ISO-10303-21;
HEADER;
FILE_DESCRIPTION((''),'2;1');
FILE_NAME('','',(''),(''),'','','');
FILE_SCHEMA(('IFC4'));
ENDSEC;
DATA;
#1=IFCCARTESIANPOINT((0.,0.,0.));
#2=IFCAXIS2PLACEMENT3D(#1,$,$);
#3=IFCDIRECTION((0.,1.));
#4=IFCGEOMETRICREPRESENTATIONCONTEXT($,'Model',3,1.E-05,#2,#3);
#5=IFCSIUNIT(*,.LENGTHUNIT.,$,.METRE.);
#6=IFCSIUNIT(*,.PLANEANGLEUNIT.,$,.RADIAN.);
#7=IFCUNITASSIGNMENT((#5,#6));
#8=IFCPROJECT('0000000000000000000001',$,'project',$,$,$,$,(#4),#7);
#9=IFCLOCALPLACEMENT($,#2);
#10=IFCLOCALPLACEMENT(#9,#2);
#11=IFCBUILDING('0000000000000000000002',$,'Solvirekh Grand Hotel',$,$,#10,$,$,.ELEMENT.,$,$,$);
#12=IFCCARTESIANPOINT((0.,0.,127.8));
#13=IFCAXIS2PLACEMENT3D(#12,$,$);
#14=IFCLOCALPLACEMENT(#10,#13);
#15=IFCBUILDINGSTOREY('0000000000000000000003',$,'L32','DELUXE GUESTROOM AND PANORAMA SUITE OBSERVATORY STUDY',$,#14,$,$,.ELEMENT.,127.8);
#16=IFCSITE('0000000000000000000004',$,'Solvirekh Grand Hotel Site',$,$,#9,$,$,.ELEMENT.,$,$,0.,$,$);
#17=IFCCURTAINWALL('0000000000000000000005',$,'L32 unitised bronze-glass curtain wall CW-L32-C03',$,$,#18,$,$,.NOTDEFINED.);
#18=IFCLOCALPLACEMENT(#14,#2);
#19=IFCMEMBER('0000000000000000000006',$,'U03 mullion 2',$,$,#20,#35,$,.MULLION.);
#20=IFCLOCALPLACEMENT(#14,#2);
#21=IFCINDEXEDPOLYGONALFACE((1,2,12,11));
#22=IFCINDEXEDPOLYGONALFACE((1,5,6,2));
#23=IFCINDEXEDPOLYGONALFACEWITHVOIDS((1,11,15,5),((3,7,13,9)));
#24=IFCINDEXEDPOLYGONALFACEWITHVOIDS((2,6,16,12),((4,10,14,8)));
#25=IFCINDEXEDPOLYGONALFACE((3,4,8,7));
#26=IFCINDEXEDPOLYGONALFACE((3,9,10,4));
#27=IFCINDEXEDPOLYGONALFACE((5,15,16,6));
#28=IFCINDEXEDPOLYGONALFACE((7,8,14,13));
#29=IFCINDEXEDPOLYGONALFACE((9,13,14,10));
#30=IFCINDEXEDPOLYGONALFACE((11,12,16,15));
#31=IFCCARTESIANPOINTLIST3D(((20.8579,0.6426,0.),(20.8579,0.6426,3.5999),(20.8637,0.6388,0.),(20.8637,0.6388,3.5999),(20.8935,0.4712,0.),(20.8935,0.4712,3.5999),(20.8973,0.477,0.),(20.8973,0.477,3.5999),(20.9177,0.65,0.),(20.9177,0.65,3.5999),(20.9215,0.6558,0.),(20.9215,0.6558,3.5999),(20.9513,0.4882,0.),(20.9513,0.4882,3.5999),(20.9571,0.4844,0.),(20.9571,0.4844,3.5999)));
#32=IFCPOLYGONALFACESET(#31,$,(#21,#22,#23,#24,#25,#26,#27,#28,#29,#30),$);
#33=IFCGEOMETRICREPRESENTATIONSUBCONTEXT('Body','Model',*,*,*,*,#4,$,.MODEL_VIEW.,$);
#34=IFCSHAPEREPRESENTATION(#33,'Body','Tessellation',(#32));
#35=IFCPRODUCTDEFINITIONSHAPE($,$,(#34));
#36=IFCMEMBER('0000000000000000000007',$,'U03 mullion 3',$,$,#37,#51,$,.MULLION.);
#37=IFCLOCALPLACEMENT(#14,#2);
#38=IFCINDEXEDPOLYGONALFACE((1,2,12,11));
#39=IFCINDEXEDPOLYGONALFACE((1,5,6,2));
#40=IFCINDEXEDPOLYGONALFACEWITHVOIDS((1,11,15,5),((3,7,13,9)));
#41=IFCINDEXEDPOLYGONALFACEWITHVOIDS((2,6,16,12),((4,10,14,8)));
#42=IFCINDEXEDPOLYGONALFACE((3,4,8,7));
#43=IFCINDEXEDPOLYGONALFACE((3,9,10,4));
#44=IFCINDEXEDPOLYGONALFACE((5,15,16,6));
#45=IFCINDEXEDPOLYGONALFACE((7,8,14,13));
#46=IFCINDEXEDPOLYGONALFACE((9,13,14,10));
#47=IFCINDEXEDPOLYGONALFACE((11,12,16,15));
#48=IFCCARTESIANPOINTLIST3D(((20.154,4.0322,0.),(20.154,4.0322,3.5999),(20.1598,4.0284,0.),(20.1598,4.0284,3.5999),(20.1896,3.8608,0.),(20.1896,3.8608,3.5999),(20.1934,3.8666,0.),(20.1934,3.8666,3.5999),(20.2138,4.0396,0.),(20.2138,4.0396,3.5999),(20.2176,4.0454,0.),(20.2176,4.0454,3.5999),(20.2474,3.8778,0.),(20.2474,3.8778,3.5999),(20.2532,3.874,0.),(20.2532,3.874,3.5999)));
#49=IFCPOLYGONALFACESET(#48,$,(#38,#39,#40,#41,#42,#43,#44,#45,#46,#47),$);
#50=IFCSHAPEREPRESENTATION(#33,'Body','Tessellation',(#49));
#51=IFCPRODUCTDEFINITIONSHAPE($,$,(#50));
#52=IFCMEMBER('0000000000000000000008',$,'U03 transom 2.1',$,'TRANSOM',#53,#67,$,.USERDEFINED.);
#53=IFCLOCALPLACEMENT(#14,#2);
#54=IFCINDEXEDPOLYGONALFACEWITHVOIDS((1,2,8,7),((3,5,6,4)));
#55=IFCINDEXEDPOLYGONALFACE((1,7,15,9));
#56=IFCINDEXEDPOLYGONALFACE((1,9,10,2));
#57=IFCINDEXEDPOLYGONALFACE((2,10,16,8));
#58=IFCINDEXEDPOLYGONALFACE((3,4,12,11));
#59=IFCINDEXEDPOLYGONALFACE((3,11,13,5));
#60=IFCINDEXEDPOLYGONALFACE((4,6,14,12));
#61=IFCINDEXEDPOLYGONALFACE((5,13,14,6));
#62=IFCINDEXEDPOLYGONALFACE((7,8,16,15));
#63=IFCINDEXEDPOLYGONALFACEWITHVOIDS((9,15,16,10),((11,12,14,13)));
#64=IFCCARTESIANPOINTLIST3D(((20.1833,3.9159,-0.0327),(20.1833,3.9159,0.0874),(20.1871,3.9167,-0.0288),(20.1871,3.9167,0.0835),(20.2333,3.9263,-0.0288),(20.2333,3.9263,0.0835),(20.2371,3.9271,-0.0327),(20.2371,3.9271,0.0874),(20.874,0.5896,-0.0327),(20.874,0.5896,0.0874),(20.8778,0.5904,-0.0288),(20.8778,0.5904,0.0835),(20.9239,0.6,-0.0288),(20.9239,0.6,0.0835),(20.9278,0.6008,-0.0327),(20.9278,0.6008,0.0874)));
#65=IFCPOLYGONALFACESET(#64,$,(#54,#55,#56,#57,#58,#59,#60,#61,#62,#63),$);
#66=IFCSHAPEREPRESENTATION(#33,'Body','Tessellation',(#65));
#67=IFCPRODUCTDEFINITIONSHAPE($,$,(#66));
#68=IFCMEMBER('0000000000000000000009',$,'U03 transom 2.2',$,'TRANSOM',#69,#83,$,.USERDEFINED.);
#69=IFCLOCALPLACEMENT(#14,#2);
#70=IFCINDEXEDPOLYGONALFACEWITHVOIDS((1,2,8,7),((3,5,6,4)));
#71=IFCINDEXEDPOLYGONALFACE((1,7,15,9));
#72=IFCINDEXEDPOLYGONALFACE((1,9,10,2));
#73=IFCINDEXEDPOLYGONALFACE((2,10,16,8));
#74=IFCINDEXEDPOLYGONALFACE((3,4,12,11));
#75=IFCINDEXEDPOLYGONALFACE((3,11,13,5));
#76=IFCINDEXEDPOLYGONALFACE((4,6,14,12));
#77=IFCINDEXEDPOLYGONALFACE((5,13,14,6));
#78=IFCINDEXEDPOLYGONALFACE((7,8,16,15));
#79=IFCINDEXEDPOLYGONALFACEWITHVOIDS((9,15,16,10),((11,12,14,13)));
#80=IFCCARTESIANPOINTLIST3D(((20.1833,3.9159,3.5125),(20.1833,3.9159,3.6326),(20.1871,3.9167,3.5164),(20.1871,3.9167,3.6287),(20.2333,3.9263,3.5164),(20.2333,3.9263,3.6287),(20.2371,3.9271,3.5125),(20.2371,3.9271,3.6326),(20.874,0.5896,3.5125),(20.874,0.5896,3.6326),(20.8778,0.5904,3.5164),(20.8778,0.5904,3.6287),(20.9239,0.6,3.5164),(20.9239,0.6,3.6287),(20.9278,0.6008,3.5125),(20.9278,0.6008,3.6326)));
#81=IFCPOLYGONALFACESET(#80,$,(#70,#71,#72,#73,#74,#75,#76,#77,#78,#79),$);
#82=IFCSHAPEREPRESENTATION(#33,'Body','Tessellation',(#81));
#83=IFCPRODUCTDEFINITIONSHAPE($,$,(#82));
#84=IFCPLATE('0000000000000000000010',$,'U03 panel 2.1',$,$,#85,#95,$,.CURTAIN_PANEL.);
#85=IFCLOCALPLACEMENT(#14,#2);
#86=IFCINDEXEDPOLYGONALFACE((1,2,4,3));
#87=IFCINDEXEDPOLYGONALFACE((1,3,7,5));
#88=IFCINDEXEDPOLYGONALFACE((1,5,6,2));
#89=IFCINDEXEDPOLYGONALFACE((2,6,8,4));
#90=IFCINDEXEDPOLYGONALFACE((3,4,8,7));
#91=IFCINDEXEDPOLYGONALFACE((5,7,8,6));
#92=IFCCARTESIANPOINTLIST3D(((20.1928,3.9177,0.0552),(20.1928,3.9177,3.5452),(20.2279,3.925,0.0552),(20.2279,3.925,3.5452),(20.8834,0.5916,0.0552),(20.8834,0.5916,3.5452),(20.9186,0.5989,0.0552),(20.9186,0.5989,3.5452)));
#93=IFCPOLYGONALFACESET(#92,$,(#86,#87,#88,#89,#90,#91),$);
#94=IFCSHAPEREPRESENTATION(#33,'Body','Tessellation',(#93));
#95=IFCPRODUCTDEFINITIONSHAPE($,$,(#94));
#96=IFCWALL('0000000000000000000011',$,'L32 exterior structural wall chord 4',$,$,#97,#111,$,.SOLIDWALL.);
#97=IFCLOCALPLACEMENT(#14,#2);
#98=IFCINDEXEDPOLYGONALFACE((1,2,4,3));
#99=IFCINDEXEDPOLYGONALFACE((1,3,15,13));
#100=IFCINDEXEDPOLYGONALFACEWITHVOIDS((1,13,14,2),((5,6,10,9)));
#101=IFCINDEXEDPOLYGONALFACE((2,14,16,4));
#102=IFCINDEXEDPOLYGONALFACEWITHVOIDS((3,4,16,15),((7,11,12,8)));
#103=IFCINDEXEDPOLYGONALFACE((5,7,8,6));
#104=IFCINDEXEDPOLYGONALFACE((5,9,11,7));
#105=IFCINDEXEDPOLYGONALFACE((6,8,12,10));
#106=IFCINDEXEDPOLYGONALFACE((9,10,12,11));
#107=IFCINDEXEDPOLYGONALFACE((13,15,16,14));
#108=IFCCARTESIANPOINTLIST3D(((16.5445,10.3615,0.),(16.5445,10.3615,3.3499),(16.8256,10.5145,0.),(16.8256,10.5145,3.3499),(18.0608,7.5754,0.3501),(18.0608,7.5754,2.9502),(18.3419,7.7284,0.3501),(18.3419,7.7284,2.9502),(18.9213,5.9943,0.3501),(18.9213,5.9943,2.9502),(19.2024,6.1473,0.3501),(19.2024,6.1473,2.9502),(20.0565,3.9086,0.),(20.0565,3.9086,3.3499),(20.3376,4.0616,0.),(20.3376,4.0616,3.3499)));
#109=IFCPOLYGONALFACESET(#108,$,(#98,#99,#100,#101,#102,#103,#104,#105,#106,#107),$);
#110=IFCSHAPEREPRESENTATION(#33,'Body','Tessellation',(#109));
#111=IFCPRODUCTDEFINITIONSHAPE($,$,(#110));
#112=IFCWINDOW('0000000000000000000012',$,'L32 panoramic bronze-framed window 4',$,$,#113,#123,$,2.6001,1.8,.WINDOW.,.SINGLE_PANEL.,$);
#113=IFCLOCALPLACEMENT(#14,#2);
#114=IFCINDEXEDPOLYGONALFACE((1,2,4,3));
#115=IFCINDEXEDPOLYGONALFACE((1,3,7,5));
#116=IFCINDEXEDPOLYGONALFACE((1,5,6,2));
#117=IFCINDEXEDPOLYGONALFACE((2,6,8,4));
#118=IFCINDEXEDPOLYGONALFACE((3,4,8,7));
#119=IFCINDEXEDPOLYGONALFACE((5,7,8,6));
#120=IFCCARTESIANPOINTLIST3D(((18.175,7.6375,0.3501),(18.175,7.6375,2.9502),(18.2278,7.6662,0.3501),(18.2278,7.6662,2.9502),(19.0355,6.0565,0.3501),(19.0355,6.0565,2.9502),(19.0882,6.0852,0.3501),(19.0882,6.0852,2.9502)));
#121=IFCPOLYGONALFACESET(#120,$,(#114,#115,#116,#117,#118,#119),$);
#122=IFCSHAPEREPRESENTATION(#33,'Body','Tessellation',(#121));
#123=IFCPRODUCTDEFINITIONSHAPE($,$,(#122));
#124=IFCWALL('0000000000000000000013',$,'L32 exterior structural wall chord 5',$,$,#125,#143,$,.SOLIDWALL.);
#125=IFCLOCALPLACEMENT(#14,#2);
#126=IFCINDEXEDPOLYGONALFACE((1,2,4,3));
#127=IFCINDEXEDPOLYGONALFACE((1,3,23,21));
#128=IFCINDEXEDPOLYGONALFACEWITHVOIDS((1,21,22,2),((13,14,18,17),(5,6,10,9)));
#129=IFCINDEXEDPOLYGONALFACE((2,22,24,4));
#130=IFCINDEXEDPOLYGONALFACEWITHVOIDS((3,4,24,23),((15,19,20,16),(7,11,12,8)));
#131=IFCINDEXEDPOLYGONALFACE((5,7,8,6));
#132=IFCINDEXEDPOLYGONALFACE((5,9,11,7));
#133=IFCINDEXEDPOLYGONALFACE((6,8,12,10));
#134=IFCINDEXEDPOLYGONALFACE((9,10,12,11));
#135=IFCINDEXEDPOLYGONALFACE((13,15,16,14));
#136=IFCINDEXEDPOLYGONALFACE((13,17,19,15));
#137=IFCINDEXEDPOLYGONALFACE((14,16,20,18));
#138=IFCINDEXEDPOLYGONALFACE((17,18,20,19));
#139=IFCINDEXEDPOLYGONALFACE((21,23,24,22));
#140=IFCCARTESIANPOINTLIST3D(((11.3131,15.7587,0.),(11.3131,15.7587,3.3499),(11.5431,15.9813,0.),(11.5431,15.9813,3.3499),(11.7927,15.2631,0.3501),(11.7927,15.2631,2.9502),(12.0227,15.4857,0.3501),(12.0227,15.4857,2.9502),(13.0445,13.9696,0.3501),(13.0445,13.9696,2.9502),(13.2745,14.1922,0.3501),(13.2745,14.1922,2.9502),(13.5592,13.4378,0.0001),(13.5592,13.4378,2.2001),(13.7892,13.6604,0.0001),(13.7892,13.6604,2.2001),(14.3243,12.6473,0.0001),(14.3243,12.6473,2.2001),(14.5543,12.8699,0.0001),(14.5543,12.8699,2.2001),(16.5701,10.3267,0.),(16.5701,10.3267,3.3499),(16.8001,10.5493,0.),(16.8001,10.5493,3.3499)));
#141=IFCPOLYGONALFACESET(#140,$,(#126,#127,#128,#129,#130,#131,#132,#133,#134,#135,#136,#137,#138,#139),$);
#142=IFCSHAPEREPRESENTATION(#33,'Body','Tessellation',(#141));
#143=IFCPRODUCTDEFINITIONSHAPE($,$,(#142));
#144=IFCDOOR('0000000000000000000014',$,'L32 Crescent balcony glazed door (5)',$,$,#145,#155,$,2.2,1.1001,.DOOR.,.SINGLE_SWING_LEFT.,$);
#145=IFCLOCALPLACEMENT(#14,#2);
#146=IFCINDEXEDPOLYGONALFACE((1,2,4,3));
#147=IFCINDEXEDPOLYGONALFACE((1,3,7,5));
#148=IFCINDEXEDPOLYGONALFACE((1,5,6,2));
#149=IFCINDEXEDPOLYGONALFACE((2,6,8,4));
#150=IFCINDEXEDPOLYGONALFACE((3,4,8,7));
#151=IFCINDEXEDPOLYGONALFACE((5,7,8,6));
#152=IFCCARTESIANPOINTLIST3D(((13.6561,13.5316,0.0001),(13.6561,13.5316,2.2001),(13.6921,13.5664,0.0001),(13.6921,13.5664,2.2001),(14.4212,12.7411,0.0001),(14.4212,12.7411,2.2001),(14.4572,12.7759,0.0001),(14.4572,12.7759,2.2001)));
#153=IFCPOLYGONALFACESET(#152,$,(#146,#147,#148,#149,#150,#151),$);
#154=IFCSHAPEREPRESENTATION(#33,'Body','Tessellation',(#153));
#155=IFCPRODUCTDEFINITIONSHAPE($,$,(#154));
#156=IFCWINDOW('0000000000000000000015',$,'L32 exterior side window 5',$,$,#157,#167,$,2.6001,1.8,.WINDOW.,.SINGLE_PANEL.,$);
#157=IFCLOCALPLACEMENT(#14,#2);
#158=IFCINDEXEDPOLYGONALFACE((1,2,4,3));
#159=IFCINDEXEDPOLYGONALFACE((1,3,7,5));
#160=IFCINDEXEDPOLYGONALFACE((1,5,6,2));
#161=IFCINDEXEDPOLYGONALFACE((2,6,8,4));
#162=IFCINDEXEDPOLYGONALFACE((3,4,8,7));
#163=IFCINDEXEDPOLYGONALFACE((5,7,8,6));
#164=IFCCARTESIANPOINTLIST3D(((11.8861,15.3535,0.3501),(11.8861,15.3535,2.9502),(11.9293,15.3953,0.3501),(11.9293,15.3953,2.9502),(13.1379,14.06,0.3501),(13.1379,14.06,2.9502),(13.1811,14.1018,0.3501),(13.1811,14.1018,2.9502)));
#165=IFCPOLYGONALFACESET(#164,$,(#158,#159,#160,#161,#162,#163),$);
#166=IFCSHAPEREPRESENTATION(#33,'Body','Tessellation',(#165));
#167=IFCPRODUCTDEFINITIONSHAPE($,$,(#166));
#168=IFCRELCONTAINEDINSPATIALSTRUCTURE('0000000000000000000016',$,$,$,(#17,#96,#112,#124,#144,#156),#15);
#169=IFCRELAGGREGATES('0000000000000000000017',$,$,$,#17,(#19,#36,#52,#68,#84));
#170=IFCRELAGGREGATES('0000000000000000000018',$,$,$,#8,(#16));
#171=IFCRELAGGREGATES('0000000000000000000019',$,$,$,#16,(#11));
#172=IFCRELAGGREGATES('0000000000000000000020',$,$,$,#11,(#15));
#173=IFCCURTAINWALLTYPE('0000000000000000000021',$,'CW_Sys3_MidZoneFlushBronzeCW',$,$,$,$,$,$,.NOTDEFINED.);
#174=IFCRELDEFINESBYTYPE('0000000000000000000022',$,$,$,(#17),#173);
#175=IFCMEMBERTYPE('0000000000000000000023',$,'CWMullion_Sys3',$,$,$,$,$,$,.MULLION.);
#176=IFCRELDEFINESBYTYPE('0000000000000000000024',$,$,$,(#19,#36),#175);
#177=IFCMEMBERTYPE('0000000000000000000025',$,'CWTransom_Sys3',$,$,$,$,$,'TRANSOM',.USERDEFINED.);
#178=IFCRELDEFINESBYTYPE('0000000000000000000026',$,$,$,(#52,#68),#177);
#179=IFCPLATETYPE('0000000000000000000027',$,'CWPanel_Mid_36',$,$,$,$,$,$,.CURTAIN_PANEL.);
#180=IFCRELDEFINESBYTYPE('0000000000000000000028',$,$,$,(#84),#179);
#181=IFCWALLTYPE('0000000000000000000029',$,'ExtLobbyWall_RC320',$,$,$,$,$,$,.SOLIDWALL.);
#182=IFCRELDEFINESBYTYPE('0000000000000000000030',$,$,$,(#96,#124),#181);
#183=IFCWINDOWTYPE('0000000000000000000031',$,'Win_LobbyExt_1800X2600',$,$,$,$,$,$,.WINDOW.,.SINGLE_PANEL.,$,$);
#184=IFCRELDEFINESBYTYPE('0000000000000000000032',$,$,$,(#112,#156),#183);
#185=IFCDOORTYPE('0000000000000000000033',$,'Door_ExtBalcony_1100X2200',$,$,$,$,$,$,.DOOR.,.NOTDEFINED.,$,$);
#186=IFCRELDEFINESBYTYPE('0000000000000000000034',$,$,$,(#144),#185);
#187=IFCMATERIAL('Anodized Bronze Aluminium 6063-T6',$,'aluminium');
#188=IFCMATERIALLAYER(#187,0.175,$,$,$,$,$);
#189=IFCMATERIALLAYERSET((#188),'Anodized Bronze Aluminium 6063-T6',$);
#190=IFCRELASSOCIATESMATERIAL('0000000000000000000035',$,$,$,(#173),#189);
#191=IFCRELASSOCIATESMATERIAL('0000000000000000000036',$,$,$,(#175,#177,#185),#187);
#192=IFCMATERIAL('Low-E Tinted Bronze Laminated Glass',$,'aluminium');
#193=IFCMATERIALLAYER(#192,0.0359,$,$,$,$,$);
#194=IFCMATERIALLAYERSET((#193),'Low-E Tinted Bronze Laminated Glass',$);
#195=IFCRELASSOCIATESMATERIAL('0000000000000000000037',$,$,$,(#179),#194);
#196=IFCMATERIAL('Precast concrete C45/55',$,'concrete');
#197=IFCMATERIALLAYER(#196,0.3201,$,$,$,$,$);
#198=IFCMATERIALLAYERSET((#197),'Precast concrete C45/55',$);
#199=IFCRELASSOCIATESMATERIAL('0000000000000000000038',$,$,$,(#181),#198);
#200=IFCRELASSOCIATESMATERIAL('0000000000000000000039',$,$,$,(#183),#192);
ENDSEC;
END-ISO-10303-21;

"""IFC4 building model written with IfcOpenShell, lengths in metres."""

from ifc_helpers import new_model, si_unit, direction, frame, frame_2d, origin, origin_2d, place, context, subcontext, project, spatial, rectangle, hollow_rectangle, extrude, source, transform, mapped, material, layer, layer_set, material_profile, profile_set, type_object, element, fill, aggregate, save


model = new_model("IFC4")

# Units and contexts
model_context = context("Model", 3, precision=1e-05, world=origin(), true_north=direction((0.0, 1.0)))
body_context = subcontext(model_context, "Body", "Model", "MODEL_VIEW")
ifc_project = project(units=[si_unit("LENGTHUNIT", "METRE"), si_unit("PLANEANGLEUNIT", "RADIAN")], contexts=[model_context])

# Site, building, storey
site_placement = place(None, origin())
site = spatial("IfcSite", under=ifc_project, at=site_placement, Name="Solvirekh Grand Hotel Site", CompositionType="ELEMENT", RefElevation=0.0)
building_placement = place(site_placement, origin())
building = spatial("IfcBuilding", under=site, at=building_placement, Name="Solvirekh Grand Hotel", CompositionType="ELEMENT")
storey_placement = place(building_placement, frame((0.0, 0.0, 127.8)))
storey = spatial("IfcBuildingStorey", under=building, at=storey_placement, Name="L32", Description="DELUXE GUESTROOM AND PANORAMA SUITE OBSERVATORY STUDY", CompositionType="ELEMENT", Elevation=127.8)

# Curtain wall, members, plate
ifc_material_1 = material(Name="Anodized Bronze Aluminium 6063-T6", Category="aluminium")
ifc_layer_1 = layer(ifc_material_1, 0.175)
ifc_layer_set_1 = layer_set([ifc_layer_1], Name="Anodized Bronze Aluminium 6063-T6")
curtain_wall_type = type_object("IfcCurtainWallType", Name="CW_Sys3_MidZoneFlushBronzeCW", PredefinedType="NOTDEFINED", material=ifc_layer_set_1)
curtain_wall_placement = place(storey_placement, origin())
curtain_wall = element("IfcCurtainWall", 1, at=curtain_wall_placement, inside=storey, type_object=curtain_wall_type, Name="L32 unitised bronze-glass curtain wall CW-L32-C03", PredefinedType="NOTDEFINED")
ifc_material_profile_1 = material_profile(ifc_material_1, hollow_rectangle(XDim=0.0649, YDim=0.175, WallThickness=0.0049, at=origin_2d()), Name="ALU RHS 175X65X5")
ifc_profile_set_1 = profile_set([ifc_material_profile_1], Name="Anodized Bronze Aluminium 6063-T6")
member_type_1 = type_object("IfcMemberType", Name="CWMullion_Sys3", PredefinedType="MULLION", material=ifc_profile_set_1)
shared_shape_1 = source(origin(), body_context, "Body", "SweptSolid", [
    extrude(hollow_rectangle(XDim=0.0649, YDim=0.175, WallThickness=0.0049, at=origin_2d()), origin(), (0.0, 0.0, 1.0), 3.5999),
])
member_1_placement = place(storey_placement, frame((20.9075, 0.5635, 0.0), z_axis=(0.0, 0.0, 1.0), x_axis=(-0.979112, -0.20332, 0.0)))
member_1 = element("IfcMember", 2, at=member_1_placement, type_object=member_type_1, Name="U03 mullion 2", PredefinedType="MULLION", context=body_context, shape_type="MappedRepresentation", body=[
    mapped(shared_shape_1, transform((0.0, 0.0, 0.0), x_axis=(1.0, 0.0, 0.0), y_axis=(0.0, 1.0, 0.0), z_axis=(0.0, 0.0, 1.0), scale=1.0)),
])
member_2_placement = place(storey_placement, frame((20.2036, 3.9531, 0.0), z_axis=(0.0, 0.0, 1.0), x_axis=(-0.979112, -0.20332, 0.0)))
member_2 = element("IfcMember", 3, at=member_2_placement, type_object=member_type_1, Name="U03 mullion 3", PredefinedType="MULLION", context=body_context, shape_type="MappedRepresentation", body=[
    mapped(shared_shape_1, transform((0.0, 0.0, 0.0), x_axis=(1.0, 0.0, 0.0), y_axis=(0.0, 1.0, 0.0), z_axis=(0.0, 0.0, 1.0), scale=1.0)),
])
ifc_material_profile_2 = material_profile(ifc_material_1, hollow_rectangle(XDim=0.0549, YDim=0.1201, WallThickness=0.0039, at=origin_2d()), Name="ALU RHS 120X55X4")
ifc_profile_set_2 = profile_set([ifc_material_profile_2], Name="Anodized Bronze Aluminium 6063-T6")
member_type_2 = type_object("IfcMemberType", Name="CWTransom_Sys3", ElementType="TRANSOM", PredefinedType="USERDEFINED", material=ifc_profile_set_2)
shared_shape_2 = source(origin(), body_context, "Body", "SweptSolid", [
    extrude(hollow_rectangle(XDim=0.0549, YDim=0.1201, WallThickness=0.0039, at=origin_2d()), origin(), (0.0, 0.0, 1.0), 3.3972),
])
member_3_placement = place(storey_placement, frame((20.9009, 0.5952, 0.0273), z_axis=(-0.203311, 0.979114, 0.0), x_axis=(-0.979114, -0.203311, 0.0)))
member_3 = element("IfcMember", 4, at=member_3_placement, type_object=member_type_2, Name="U03 transom 2.1", ObjectType="TRANSOM", PredefinedType="USERDEFINED", context=body_context, shape_type="MappedRepresentation", body=[
    mapped(shared_shape_2, transform((0.0, 0.0, 0.0), x_axis=(1.0, 0.0, 0.0), y_axis=(0.0, 1.0, 0.0), z_axis=(0.0, 0.0, 1.0), scale=1.0)),
])
member_4_placement = place(storey_placement, frame((20.9009, 0.5952, 3.5725), z_axis=(-0.203311, 0.979114, 0.0), x_axis=(-0.979114, -0.203311, 0.0)))
member_4 = element("IfcMember", 5, at=member_4_placement, type_object=member_type_2, Name="U03 transom 2.2", ObjectType="TRANSOM", PredefinedType="USERDEFINED", context=body_context, shape_type="MappedRepresentation", body=[
    mapped(shared_shape_2, transform((0.0, 0.0, 0.0), x_axis=(1.0, 0.0, 0.0), y_axis=(0.0, 1.0, 0.0), z_axis=(0.0, 0.0, 1.0), scale=1.0)),
])
ifc_material_2 = material(Name="Low-E Tinted Bronze Laminated Glass", Category="aluminium")
ifc_layer_2 = layer(ifc_material_2, 0.0359)
ifc_layer_set_2 = layer_set([ifc_layer_2], Name="Low-E Tinted Bronze Laminated Glass")
plate_type = type_object("IfcPlateType", Name="CWPanel_Mid_36", PredefinedType="CURTAIN_PANEL", material=ifc_layer_set_2)
shared_shape_3 = source(origin(), body_context, "Body", "SweptSolid", [
    extrude(rectangle(XDim=3.397, YDim=0.0359, at=origin_2d()), origin(), (0.0, 0.0, 1.0), 3.49),
])
plate_placement = place(storey_placement, frame((20.5557, 2.2583, 0.0552), z_axis=(0.0, 0.0, 1.0), x_axis=(-0.20332, 0.979112, 0.0)))
plate = element("IfcPlate", 6, at=plate_placement, type_object=plate_type, Name="U03 panel 2.1", PredefinedType="CURTAIN_PANEL", context=body_context, shape_type="MappedRepresentation", body=[
    mapped(shared_shape_3, transform((0.0, 0.0, 0.0), x_axis=(1.0, 0.0, 0.0), y_axis=(0.0, 1.0, 0.0), z_axis=(0.0, 0.0, 1.0), scale=1.0)),
])
aggregate(curtain_wall, [member_1, member_2, member_3, member_4, plate])

# Wall, opening, window
ifc_material_3 = material(Name="Precast concrete C45/55", Category="concrete")
ifc_layer_3 = layer(ifc_material_3, 0.3201)
ifc_layer_set_3 = layer_set([ifc_layer_3], Name="Precast concrete C45/55")
wall_type_1 = type_object("IfcWallType", Name="ExtLobbyWall_RC320", PredefinedType="SOLIDWALL", material=ifc_layer_set_3)
wall_1_placement = place(storey_placement, frame((16.6851, 10.438, 0.0), z_axis=(0.0, 0.0, 1.0), x_axis=(0.478035, -0.878341, 0.0)))
wall_1 = element("IfcWall", 7, at=wall_1_placement, inside=storey, type_object=wall_type_1, Name="L32 exterior structural wall chord 4", PredefinedType="SOLIDWALL", context=body_context, shape_type="SweptSolid", body=[
    extrude(rectangle(XDim=7.3467, YDim=0.3201, at=frame_2d((3.6733, 0.0))), origin(), (0.0, 0.0, 1.0), 3.3499),
])
opening_1_placement = place(wall_1_placement, frame((3.1721, 0.0, 0.3501)))
opening_1 = element("IfcOpeningElement", 8, at=opening_1_placement, cuts=wall_1, PredefinedType="OPENING", context=body_context, shape_type="SweptSolid", body=[
    extrude(rectangle(XDim=1.8, YDim=2.6001, at=frame_2d((0.8999, 1.3))), frame((0.0, 0.1699, 0.0), z_axis=(0.0, -1.0, 0.0), x_axis=(1.0, 0.0, 0.0)), (0.0, 0.0, 1.0), 0.3401),
])
window_type = type_object("IfcWindowType", Name="Win_LobbyExt_1800X2600", PartitioningType="SINGLE_PANEL", PredefinedType="WINDOW", material=ifc_material_2)
window_1_placement = place(opening_1_placement, origin())
window_1 = element("IfcWindow", 9, at=window_1_placement, inside=storey, type_object=window_type, Name="L32 panoramic bronze-framed window 4", OverallHeight=2.6001, OverallWidth=1.8, PartitioningType="SINGLE_PANEL", PredefinedType="WINDOW", context=body_context, shape_type="SweptSolid", body=[
    extrude(rectangle(XDim=1.8, YDim=2.6001, at=frame_2d((0.8999, 1.3))), frame((0.0, 0.03, 0.0), z_axis=(0.0, -1.0, 0.0), x_axis=(1.0, 0.0, 0.0)), (0.0, 0.0, 1.0), 0.0601),
])
fill(opening_1, window_1)

# Wall, openings, door, window
wall_2_placement = place(storey_placement, frame((11.428, 15.8701, 0.0), z_axis=(0.0, 0.0, 1.0), x_axis=(0.695434, -0.71859, 0.0)))
wall_2 = element("IfcWall", 10, at=wall_2_placement, inside=storey, type_object=wall_type_1, Name="L32 exterior structural wall chord 5", PredefinedType="SOLIDWALL", context=body_context, shape_type="SweptSolid", body=[
    extrude(rectangle(XDim=7.5593, YDim=0.3201, at=frame_2d((3.7798, 0.0))), origin(), (0.0, 0.0, 1.0), 3.3499),
])
opening_2_placement = place(wall_2_placement, frame((0.6899, 0.0, 0.3501)))
opening_2 = element("IfcOpeningElement", 11, at=opening_2_placement, cuts=wall_2, PredefinedType="OPENING", context=body_context, shape_type="SweptSolid", body=[
    extrude(rectangle(XDim=1.8, YDim=2.6001, at=frame_2d((0.8999, 1.3))), frame((0.0, 0.1699, 0.0), z_axis=(0.0, -1.0, 0.0), x_axis=(1.0, 0.0, 0.0)), (0.0, 0.0, 1.0), 0.3401),
])
opening_3_placement = place(wall_2_placement, frame((3.23, 0.0, 0.0)))
opening_3 = element("IfcOpeningElement", 12, at=opening_3_placement, cuts=wall_2, PredefinedType="OPENING", context=body_context, shape_type="SweptSolid", body=[
    extrude(rectangle(XDim=1.1001, YDim=2.2, at=frame_2d((0.55, 1.1001))), frame((0.0, 0.1699, 0.0), z_axis=(0.0, -1.0, 0.0), x_axis=(1.0, 0.0, 0.0)), (0.0, 0.0, 1.0), 0.3401),
])
door_type_1 = type_object("IfcDoorType", Name="Door_ExtBalcony_1100X2200", OperationType="NOTDEFINED", PredefinedType="DOOR", material=ifc_material_1)
door_1_placement = place(opening_3_placement, origin())
door_1 = element("IfcDoor", 13, at=door_1_placement, inside=storey, type_object=door_type_1, Name="L32 Crescent balcony glazed door (5)", OperationType="SINGLE_SWING_LEFT", OverallHeight=2.2, OverallWidth=1.1001, PredefinedType="DOOR", context=body_context, shape_type="SweptSolid", body=[
    extrude(rectangle(XDim=1.1001, YDim=2.2, at=frame_2d((0.55, 1.1001))), frame((0.0, 0.0249, 0.0), z_axis=(0.0, -1.0, 0.0), x_axis=(1.0, 0.0, 0.0)), (0.0, 0.0, 1.0), 0.05),
])
fill(opening_3, door_1)
window_2_placement = place(opening_2_placement, origin())
window_2 = element("IfcWindow", 14, at=window_2_placement, inside=storey, type_object=window_type, Name="L32 exterior side window 5", OverallHeight=2.6001, OverallWidth=1.8, PartitioningType="SINGLE_PANEL", PredefinedType="WINDOW", context=body_context, shape_type="SweptSolid", body=[
    extrude(rectangle(XDim=1.8, YDim=2.6001, at=frame_2d((0.8999, 1.3))), frame((0.0, 0.03, 0.0), z_axis=(0.0, -1.0, 0.0), x_axis=(1.0, 0.0, 0.0)), (0.0, 0.0, 1.0), 0.0601),
])
fill(opening_2, window_2)

save(model, "model.ifc")
